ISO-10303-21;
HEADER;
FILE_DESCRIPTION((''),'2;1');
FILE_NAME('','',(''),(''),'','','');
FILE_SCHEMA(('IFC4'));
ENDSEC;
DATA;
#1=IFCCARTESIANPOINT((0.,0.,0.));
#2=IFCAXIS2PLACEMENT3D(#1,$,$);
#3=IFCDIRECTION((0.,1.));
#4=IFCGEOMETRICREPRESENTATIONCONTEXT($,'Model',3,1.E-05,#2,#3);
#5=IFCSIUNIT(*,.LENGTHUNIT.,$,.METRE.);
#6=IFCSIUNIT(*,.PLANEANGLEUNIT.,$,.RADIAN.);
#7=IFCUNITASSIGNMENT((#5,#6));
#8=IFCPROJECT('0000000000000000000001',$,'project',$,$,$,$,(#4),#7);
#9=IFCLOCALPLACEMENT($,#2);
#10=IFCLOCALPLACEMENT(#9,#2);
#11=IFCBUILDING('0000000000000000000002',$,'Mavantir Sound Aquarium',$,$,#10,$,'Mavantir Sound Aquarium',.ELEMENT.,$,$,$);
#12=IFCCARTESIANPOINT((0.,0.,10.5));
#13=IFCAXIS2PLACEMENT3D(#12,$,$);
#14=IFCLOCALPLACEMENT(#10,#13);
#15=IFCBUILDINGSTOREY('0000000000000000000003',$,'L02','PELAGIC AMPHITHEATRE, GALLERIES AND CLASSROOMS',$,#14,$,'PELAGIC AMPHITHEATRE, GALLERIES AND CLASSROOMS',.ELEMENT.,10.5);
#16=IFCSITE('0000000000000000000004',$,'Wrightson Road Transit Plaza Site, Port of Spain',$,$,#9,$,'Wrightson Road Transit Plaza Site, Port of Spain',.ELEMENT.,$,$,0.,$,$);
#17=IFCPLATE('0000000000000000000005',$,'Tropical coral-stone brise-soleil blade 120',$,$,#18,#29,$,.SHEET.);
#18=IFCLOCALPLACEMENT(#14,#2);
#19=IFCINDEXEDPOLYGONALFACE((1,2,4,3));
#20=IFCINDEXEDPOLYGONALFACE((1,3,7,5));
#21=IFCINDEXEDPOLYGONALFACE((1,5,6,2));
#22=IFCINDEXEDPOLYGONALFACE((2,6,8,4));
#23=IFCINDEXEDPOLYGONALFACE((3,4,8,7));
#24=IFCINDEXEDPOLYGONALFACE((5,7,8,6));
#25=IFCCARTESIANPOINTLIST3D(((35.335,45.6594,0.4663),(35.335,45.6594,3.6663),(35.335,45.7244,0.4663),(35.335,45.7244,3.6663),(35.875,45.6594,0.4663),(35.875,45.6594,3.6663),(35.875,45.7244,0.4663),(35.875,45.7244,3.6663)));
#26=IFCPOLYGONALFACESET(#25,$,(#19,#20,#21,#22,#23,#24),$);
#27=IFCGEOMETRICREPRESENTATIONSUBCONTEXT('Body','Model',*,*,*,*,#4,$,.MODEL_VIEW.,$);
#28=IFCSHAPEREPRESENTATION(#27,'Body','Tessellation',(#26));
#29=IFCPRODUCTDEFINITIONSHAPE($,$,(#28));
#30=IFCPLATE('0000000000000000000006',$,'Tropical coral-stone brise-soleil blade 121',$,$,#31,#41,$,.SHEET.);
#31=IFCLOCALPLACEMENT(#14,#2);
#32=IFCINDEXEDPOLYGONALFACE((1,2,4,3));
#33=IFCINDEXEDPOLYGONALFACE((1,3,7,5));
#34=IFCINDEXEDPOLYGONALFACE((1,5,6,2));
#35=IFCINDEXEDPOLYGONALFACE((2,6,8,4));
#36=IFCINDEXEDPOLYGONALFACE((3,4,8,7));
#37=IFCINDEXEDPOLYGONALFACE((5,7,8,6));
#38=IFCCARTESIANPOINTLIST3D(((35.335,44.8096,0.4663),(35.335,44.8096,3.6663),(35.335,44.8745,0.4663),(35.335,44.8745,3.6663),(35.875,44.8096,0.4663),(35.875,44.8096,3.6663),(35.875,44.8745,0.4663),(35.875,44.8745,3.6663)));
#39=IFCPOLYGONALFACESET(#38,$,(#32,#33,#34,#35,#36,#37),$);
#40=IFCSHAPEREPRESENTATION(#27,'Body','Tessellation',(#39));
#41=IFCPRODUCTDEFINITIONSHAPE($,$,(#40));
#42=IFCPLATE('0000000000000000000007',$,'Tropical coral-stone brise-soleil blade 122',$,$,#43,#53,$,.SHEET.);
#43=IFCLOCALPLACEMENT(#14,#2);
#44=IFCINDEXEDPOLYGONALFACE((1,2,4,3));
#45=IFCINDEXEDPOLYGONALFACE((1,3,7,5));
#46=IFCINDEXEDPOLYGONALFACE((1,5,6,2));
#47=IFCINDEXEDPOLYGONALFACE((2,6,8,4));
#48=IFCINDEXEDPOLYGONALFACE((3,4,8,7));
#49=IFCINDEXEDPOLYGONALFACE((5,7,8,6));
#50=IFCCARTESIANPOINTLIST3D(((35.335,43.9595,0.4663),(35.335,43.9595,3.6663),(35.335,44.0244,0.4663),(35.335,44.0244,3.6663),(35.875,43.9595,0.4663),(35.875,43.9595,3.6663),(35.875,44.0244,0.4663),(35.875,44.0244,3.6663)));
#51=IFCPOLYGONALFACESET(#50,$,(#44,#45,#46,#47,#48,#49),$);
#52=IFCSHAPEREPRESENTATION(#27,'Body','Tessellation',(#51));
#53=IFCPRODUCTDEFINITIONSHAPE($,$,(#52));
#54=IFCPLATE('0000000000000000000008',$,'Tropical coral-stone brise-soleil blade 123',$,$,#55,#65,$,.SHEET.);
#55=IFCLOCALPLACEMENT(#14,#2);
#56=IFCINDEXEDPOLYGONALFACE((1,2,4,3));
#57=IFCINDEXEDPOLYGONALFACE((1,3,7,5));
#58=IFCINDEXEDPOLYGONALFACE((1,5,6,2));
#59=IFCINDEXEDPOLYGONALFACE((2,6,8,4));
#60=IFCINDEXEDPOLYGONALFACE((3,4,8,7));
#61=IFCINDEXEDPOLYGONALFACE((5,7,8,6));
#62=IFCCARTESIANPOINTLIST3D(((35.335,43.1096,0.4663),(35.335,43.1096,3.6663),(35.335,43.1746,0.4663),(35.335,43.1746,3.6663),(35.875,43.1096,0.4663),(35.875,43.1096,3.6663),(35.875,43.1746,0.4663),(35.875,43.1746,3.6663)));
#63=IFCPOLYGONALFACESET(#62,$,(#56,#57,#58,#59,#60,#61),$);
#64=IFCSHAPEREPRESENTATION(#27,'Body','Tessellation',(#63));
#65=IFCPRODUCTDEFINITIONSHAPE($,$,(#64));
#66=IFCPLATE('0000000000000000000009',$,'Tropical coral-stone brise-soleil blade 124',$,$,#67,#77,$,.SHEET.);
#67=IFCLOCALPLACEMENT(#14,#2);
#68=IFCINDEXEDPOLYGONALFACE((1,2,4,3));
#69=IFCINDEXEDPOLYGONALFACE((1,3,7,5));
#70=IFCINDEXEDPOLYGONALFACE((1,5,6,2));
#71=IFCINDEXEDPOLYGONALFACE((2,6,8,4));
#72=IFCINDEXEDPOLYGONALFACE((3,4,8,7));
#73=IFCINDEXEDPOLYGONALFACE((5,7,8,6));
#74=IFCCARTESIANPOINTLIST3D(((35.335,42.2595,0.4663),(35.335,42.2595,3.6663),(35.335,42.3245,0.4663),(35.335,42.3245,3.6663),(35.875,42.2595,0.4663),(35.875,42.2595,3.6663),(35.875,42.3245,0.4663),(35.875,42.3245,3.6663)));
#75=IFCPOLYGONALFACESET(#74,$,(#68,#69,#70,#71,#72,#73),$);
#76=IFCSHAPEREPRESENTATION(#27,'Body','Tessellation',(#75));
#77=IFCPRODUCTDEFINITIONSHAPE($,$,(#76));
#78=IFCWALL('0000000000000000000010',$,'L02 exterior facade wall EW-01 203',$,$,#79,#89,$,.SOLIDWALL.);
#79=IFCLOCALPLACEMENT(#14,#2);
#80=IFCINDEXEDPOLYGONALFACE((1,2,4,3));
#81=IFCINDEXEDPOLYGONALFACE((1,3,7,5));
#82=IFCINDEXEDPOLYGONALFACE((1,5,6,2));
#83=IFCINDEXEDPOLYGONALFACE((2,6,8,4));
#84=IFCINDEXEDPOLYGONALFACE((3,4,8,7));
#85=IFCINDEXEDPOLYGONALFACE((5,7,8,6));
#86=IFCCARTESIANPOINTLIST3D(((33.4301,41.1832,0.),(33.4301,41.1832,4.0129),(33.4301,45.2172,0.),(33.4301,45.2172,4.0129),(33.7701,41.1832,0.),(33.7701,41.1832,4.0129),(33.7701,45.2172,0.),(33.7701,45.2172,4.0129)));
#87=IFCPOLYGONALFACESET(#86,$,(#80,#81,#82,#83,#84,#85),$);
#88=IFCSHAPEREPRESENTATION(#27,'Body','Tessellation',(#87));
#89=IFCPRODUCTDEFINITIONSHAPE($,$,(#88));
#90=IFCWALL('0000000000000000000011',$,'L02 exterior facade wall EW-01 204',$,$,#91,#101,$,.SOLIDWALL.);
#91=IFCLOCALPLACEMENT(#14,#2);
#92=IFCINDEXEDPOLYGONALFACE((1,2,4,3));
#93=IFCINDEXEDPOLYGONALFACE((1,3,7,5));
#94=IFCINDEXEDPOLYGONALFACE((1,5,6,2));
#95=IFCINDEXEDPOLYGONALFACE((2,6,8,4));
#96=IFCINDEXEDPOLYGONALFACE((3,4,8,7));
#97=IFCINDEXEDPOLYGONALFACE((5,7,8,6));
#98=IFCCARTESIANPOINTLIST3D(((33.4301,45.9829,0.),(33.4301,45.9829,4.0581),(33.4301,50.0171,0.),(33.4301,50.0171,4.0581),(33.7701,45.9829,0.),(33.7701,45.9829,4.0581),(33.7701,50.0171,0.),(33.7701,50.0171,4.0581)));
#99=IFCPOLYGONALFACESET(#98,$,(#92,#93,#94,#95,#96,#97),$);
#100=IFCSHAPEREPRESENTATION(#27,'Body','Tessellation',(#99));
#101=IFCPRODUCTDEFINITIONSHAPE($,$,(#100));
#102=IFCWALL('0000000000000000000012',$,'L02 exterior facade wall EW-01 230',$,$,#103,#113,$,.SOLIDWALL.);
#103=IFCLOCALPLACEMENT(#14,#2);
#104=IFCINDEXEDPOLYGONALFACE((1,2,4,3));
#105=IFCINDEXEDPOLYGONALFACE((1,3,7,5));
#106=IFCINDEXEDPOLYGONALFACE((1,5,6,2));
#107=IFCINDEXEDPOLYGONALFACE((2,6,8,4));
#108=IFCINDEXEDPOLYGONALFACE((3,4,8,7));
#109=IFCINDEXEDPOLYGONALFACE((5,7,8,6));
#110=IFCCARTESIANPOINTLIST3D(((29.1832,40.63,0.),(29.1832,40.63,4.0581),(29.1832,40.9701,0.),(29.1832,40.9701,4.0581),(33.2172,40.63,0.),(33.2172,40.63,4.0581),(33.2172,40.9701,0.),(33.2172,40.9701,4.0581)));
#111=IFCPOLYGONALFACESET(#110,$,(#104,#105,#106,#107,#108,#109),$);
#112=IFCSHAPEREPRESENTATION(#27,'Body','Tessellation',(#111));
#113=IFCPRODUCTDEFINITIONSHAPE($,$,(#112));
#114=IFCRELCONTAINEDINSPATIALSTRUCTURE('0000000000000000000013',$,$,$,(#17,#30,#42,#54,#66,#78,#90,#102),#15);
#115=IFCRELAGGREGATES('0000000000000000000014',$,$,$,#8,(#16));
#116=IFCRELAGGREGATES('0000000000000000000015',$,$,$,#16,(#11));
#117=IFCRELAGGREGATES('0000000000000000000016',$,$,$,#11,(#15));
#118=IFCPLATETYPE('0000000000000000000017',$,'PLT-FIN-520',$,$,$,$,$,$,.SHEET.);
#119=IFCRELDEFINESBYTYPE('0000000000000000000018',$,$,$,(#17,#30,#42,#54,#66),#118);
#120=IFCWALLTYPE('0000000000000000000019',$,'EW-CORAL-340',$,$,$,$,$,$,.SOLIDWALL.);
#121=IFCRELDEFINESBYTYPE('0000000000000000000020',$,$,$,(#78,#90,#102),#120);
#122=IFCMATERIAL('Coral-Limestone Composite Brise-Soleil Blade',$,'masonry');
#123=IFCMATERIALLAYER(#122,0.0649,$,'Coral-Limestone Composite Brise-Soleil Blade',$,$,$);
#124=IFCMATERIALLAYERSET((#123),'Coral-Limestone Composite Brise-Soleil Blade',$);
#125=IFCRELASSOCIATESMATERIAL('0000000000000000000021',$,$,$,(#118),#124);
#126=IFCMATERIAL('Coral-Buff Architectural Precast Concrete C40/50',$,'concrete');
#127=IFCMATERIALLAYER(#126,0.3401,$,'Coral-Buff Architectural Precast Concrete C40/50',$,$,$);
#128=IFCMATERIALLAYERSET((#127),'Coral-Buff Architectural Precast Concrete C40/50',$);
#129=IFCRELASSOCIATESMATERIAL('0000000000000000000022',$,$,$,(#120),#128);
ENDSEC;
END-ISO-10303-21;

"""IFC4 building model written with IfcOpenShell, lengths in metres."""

from ifc_helpers import new_model, si_unit, direction, frame, frame_2d, origin, origin_2d, place, context, subcontext, project, spatial, rectangle, extrude, material, layer, layer_set, type_object, element, save


model = new_model("IFC4")

# Units and contexts
model_context = context("Model", 3, precision=1e-05, world=origin(), true_north=direction((0.0, 1.0)))
body_context = subcontext(model_context, "Body", "Model", "MODEL_VIEW")
ifc_project = project(units=[si_unit("LENGTHUNIT", "METRE"), si_unit("PLANEANGLEUNIT", "RADIAN")], contexts=[model_context])

# Site, building, storey
site_placement = place(None, origin())
site = spatial("IfcSite", under=ifc_project, at=site_placement, Name="Wrightson Road Transit Plaza Site, Port of Spain", LongName="Wrightson Road Transit Plaza Site, Port of Spain", CompositionType="ELEMENT", RefElevation=0.0)
building_placement = place(site_placement, origin())
building = spatial("IfcBuilding", under=site, at=building_placement, Name="Mavantir Sound Aquarium", LongName="Mavantir Sound Aquarium", CompositionType="ELEMENT")
storey_placement = place(building_placement, frame((0.0, 0.0, 10.5)))
storey = spatial("IfcBuildingStorey", under=building, at=storey_placement, Name="L02", Description="PELAGIC AMPHITHEATRE, GALLERIES AND CLASSROOMS", LongName="PELAGIC AMPHITHEATRE, GALLERIES AND CLASSROOMS", CompositionType="ELEMENT", Elevation=10.5)

# Plates
ifc_material_1 = material(Name="Coral-Limestone Composite Brise-Soleil Blade", Category="masonry")
ifc_layer_1 = layer(ifc_material_1, 0.0649, Name="Coral-Limestone Composite Brise-Soleil Blade")
ifc_layer_set_1 = layer_set([ifc_layer_1], Name="Coral-Limestone Composite Brise-Soleil Blade")
plate_type = type_object("IfcPlateType", Name="PLT-FIN-520", PredefinedType="SHEET", material=ifc_layer_set_1)
for number, where, z_axis, x_axis, name in (
    (1, (35.605, 45.6919, 0.4663), (0.0, 0.0, 1.0), (0.0, 1.0, 0.0), "Tropical coral-stone brise-soleil blade 120"),
    (2, (35.605, 44.842, 0.4663), (0.0, 0.0, 1.0), (0.0, 1.0, 0.0), "Tropical coral-stone brise-soleil blade 121"),
    (3, (35.605, 43.9919, 0.4663), (0.0, 0.0, 1.0), (0.0, 1.0, 0.0), "Tropical coral-stone brise-soleil blade 122"),
    (4, (35.605, 43.1421, 0.4663), (0.0, 0.0, 1.0), (0.0, 1.0, 0.0), "Tropical coral-stone brise-soleil blade 123"),
    (5, (35.605, 42.292, 0.4663), (0.0, 0.0, 1.0), (0.0, 1.0, 0.0), "Tropical coral-stone brise-soleil blade 124"),
):
    element("IfcPlate", number, at=place(storey_placement, frame(where, z_axis=z_axis, x_axis=x_axis)), inside=storey, type_object=plate_type, Name=name, PredefinedType="SHEET", context=body_context, shape_type="SweptSolid", body=[
        extrude(rectangle(XDim=0.0649, YDim=0.54, at=origin_2d()), origin(), (0.0, 0.0, 1.0), 3.2),
    ])

# Walls
ifc_material_2 = material(Name="Coral-Buff Architectural Precast Concrete C40/50", Category="concrete")
ifc_layer_2 = layer(ifc_material_2, 0.3401, Name="Coral-Buff Architectural Precast Concrete C40/50")
ifc_layer_set_2 = layer_set([ifc_layer_2], Name="Coral-Buff Architectural Precast Concrete C40/50")
wall_type = type_object("IfcWallType", Name="EW-CORAL-340", PredefinedType="SOLIDWALL", material=ifc_layer_set_2)
wall_1_placement = place(storey_placement, frame((33.6001, 41.1831, 0.0), z_axis=(0.0, 0.0, 1.0), x_axis=(0.0, 1.0, 0.0)))
element("IfcWall", 6, at=wall_1_placement, inside=storey, type_object=wall_type, Name="L02 exterior facade wall EW-01 203", PredefinedType="SOLIDWALL", context=body_context, shape_type="SweptSolid", body=[
    extrude(rectangle(XDim=4.0339, YDim=0.3401, at=frame_2d((2.0171, 0.0))), origin(), (0.0, 0.0, 1.0), 4.0129),
])
wall_2_placement = place(storey_placement, frame((33.6001, 45.9829, 0.0), z_axis=(0.0, 0.0, 1.0), x_axis=(0.0, 1.0, 0.0)))
element("IfcWall", 7, at=wall_2_placement, inside=storey, type_object=wall_type, Name="L02 exterior facade wall EW-01 204", PredefinedType="SOLIDWALL", context=body_context, shape_type="SweptSolid", body=[
    extrude(rectangle(XDim=4.0342, YDim=0.3401, at=frame_2d((2.0171, 0.0))), origin(), (0.0, 0.0, 1.0), 4.0581),
])
wall_3_placement = place(storey_placement, frame((29.1831, 40.8, 0.0), z_axis=(0.0, 0.0, 1.0), x_axis=(1.0, 0.0, 0.0)))
element("IfcWall", 8, at=wall_3_placement, inside=storey, type_object=wall_type, Name="L02 exterior facade wall EW-01 230", PredefinedType="SOLIDWALL", context=body_context, shape_type="SweptSolid", body=[
    extrude(rectangle(XDim=4.0339, YDim=0.3401, at=frame_2d((2.0171, 0.0))), origin(), (0.0, 0.0, 1.0), 4.0581),
])

save(model, "model.ifc")
